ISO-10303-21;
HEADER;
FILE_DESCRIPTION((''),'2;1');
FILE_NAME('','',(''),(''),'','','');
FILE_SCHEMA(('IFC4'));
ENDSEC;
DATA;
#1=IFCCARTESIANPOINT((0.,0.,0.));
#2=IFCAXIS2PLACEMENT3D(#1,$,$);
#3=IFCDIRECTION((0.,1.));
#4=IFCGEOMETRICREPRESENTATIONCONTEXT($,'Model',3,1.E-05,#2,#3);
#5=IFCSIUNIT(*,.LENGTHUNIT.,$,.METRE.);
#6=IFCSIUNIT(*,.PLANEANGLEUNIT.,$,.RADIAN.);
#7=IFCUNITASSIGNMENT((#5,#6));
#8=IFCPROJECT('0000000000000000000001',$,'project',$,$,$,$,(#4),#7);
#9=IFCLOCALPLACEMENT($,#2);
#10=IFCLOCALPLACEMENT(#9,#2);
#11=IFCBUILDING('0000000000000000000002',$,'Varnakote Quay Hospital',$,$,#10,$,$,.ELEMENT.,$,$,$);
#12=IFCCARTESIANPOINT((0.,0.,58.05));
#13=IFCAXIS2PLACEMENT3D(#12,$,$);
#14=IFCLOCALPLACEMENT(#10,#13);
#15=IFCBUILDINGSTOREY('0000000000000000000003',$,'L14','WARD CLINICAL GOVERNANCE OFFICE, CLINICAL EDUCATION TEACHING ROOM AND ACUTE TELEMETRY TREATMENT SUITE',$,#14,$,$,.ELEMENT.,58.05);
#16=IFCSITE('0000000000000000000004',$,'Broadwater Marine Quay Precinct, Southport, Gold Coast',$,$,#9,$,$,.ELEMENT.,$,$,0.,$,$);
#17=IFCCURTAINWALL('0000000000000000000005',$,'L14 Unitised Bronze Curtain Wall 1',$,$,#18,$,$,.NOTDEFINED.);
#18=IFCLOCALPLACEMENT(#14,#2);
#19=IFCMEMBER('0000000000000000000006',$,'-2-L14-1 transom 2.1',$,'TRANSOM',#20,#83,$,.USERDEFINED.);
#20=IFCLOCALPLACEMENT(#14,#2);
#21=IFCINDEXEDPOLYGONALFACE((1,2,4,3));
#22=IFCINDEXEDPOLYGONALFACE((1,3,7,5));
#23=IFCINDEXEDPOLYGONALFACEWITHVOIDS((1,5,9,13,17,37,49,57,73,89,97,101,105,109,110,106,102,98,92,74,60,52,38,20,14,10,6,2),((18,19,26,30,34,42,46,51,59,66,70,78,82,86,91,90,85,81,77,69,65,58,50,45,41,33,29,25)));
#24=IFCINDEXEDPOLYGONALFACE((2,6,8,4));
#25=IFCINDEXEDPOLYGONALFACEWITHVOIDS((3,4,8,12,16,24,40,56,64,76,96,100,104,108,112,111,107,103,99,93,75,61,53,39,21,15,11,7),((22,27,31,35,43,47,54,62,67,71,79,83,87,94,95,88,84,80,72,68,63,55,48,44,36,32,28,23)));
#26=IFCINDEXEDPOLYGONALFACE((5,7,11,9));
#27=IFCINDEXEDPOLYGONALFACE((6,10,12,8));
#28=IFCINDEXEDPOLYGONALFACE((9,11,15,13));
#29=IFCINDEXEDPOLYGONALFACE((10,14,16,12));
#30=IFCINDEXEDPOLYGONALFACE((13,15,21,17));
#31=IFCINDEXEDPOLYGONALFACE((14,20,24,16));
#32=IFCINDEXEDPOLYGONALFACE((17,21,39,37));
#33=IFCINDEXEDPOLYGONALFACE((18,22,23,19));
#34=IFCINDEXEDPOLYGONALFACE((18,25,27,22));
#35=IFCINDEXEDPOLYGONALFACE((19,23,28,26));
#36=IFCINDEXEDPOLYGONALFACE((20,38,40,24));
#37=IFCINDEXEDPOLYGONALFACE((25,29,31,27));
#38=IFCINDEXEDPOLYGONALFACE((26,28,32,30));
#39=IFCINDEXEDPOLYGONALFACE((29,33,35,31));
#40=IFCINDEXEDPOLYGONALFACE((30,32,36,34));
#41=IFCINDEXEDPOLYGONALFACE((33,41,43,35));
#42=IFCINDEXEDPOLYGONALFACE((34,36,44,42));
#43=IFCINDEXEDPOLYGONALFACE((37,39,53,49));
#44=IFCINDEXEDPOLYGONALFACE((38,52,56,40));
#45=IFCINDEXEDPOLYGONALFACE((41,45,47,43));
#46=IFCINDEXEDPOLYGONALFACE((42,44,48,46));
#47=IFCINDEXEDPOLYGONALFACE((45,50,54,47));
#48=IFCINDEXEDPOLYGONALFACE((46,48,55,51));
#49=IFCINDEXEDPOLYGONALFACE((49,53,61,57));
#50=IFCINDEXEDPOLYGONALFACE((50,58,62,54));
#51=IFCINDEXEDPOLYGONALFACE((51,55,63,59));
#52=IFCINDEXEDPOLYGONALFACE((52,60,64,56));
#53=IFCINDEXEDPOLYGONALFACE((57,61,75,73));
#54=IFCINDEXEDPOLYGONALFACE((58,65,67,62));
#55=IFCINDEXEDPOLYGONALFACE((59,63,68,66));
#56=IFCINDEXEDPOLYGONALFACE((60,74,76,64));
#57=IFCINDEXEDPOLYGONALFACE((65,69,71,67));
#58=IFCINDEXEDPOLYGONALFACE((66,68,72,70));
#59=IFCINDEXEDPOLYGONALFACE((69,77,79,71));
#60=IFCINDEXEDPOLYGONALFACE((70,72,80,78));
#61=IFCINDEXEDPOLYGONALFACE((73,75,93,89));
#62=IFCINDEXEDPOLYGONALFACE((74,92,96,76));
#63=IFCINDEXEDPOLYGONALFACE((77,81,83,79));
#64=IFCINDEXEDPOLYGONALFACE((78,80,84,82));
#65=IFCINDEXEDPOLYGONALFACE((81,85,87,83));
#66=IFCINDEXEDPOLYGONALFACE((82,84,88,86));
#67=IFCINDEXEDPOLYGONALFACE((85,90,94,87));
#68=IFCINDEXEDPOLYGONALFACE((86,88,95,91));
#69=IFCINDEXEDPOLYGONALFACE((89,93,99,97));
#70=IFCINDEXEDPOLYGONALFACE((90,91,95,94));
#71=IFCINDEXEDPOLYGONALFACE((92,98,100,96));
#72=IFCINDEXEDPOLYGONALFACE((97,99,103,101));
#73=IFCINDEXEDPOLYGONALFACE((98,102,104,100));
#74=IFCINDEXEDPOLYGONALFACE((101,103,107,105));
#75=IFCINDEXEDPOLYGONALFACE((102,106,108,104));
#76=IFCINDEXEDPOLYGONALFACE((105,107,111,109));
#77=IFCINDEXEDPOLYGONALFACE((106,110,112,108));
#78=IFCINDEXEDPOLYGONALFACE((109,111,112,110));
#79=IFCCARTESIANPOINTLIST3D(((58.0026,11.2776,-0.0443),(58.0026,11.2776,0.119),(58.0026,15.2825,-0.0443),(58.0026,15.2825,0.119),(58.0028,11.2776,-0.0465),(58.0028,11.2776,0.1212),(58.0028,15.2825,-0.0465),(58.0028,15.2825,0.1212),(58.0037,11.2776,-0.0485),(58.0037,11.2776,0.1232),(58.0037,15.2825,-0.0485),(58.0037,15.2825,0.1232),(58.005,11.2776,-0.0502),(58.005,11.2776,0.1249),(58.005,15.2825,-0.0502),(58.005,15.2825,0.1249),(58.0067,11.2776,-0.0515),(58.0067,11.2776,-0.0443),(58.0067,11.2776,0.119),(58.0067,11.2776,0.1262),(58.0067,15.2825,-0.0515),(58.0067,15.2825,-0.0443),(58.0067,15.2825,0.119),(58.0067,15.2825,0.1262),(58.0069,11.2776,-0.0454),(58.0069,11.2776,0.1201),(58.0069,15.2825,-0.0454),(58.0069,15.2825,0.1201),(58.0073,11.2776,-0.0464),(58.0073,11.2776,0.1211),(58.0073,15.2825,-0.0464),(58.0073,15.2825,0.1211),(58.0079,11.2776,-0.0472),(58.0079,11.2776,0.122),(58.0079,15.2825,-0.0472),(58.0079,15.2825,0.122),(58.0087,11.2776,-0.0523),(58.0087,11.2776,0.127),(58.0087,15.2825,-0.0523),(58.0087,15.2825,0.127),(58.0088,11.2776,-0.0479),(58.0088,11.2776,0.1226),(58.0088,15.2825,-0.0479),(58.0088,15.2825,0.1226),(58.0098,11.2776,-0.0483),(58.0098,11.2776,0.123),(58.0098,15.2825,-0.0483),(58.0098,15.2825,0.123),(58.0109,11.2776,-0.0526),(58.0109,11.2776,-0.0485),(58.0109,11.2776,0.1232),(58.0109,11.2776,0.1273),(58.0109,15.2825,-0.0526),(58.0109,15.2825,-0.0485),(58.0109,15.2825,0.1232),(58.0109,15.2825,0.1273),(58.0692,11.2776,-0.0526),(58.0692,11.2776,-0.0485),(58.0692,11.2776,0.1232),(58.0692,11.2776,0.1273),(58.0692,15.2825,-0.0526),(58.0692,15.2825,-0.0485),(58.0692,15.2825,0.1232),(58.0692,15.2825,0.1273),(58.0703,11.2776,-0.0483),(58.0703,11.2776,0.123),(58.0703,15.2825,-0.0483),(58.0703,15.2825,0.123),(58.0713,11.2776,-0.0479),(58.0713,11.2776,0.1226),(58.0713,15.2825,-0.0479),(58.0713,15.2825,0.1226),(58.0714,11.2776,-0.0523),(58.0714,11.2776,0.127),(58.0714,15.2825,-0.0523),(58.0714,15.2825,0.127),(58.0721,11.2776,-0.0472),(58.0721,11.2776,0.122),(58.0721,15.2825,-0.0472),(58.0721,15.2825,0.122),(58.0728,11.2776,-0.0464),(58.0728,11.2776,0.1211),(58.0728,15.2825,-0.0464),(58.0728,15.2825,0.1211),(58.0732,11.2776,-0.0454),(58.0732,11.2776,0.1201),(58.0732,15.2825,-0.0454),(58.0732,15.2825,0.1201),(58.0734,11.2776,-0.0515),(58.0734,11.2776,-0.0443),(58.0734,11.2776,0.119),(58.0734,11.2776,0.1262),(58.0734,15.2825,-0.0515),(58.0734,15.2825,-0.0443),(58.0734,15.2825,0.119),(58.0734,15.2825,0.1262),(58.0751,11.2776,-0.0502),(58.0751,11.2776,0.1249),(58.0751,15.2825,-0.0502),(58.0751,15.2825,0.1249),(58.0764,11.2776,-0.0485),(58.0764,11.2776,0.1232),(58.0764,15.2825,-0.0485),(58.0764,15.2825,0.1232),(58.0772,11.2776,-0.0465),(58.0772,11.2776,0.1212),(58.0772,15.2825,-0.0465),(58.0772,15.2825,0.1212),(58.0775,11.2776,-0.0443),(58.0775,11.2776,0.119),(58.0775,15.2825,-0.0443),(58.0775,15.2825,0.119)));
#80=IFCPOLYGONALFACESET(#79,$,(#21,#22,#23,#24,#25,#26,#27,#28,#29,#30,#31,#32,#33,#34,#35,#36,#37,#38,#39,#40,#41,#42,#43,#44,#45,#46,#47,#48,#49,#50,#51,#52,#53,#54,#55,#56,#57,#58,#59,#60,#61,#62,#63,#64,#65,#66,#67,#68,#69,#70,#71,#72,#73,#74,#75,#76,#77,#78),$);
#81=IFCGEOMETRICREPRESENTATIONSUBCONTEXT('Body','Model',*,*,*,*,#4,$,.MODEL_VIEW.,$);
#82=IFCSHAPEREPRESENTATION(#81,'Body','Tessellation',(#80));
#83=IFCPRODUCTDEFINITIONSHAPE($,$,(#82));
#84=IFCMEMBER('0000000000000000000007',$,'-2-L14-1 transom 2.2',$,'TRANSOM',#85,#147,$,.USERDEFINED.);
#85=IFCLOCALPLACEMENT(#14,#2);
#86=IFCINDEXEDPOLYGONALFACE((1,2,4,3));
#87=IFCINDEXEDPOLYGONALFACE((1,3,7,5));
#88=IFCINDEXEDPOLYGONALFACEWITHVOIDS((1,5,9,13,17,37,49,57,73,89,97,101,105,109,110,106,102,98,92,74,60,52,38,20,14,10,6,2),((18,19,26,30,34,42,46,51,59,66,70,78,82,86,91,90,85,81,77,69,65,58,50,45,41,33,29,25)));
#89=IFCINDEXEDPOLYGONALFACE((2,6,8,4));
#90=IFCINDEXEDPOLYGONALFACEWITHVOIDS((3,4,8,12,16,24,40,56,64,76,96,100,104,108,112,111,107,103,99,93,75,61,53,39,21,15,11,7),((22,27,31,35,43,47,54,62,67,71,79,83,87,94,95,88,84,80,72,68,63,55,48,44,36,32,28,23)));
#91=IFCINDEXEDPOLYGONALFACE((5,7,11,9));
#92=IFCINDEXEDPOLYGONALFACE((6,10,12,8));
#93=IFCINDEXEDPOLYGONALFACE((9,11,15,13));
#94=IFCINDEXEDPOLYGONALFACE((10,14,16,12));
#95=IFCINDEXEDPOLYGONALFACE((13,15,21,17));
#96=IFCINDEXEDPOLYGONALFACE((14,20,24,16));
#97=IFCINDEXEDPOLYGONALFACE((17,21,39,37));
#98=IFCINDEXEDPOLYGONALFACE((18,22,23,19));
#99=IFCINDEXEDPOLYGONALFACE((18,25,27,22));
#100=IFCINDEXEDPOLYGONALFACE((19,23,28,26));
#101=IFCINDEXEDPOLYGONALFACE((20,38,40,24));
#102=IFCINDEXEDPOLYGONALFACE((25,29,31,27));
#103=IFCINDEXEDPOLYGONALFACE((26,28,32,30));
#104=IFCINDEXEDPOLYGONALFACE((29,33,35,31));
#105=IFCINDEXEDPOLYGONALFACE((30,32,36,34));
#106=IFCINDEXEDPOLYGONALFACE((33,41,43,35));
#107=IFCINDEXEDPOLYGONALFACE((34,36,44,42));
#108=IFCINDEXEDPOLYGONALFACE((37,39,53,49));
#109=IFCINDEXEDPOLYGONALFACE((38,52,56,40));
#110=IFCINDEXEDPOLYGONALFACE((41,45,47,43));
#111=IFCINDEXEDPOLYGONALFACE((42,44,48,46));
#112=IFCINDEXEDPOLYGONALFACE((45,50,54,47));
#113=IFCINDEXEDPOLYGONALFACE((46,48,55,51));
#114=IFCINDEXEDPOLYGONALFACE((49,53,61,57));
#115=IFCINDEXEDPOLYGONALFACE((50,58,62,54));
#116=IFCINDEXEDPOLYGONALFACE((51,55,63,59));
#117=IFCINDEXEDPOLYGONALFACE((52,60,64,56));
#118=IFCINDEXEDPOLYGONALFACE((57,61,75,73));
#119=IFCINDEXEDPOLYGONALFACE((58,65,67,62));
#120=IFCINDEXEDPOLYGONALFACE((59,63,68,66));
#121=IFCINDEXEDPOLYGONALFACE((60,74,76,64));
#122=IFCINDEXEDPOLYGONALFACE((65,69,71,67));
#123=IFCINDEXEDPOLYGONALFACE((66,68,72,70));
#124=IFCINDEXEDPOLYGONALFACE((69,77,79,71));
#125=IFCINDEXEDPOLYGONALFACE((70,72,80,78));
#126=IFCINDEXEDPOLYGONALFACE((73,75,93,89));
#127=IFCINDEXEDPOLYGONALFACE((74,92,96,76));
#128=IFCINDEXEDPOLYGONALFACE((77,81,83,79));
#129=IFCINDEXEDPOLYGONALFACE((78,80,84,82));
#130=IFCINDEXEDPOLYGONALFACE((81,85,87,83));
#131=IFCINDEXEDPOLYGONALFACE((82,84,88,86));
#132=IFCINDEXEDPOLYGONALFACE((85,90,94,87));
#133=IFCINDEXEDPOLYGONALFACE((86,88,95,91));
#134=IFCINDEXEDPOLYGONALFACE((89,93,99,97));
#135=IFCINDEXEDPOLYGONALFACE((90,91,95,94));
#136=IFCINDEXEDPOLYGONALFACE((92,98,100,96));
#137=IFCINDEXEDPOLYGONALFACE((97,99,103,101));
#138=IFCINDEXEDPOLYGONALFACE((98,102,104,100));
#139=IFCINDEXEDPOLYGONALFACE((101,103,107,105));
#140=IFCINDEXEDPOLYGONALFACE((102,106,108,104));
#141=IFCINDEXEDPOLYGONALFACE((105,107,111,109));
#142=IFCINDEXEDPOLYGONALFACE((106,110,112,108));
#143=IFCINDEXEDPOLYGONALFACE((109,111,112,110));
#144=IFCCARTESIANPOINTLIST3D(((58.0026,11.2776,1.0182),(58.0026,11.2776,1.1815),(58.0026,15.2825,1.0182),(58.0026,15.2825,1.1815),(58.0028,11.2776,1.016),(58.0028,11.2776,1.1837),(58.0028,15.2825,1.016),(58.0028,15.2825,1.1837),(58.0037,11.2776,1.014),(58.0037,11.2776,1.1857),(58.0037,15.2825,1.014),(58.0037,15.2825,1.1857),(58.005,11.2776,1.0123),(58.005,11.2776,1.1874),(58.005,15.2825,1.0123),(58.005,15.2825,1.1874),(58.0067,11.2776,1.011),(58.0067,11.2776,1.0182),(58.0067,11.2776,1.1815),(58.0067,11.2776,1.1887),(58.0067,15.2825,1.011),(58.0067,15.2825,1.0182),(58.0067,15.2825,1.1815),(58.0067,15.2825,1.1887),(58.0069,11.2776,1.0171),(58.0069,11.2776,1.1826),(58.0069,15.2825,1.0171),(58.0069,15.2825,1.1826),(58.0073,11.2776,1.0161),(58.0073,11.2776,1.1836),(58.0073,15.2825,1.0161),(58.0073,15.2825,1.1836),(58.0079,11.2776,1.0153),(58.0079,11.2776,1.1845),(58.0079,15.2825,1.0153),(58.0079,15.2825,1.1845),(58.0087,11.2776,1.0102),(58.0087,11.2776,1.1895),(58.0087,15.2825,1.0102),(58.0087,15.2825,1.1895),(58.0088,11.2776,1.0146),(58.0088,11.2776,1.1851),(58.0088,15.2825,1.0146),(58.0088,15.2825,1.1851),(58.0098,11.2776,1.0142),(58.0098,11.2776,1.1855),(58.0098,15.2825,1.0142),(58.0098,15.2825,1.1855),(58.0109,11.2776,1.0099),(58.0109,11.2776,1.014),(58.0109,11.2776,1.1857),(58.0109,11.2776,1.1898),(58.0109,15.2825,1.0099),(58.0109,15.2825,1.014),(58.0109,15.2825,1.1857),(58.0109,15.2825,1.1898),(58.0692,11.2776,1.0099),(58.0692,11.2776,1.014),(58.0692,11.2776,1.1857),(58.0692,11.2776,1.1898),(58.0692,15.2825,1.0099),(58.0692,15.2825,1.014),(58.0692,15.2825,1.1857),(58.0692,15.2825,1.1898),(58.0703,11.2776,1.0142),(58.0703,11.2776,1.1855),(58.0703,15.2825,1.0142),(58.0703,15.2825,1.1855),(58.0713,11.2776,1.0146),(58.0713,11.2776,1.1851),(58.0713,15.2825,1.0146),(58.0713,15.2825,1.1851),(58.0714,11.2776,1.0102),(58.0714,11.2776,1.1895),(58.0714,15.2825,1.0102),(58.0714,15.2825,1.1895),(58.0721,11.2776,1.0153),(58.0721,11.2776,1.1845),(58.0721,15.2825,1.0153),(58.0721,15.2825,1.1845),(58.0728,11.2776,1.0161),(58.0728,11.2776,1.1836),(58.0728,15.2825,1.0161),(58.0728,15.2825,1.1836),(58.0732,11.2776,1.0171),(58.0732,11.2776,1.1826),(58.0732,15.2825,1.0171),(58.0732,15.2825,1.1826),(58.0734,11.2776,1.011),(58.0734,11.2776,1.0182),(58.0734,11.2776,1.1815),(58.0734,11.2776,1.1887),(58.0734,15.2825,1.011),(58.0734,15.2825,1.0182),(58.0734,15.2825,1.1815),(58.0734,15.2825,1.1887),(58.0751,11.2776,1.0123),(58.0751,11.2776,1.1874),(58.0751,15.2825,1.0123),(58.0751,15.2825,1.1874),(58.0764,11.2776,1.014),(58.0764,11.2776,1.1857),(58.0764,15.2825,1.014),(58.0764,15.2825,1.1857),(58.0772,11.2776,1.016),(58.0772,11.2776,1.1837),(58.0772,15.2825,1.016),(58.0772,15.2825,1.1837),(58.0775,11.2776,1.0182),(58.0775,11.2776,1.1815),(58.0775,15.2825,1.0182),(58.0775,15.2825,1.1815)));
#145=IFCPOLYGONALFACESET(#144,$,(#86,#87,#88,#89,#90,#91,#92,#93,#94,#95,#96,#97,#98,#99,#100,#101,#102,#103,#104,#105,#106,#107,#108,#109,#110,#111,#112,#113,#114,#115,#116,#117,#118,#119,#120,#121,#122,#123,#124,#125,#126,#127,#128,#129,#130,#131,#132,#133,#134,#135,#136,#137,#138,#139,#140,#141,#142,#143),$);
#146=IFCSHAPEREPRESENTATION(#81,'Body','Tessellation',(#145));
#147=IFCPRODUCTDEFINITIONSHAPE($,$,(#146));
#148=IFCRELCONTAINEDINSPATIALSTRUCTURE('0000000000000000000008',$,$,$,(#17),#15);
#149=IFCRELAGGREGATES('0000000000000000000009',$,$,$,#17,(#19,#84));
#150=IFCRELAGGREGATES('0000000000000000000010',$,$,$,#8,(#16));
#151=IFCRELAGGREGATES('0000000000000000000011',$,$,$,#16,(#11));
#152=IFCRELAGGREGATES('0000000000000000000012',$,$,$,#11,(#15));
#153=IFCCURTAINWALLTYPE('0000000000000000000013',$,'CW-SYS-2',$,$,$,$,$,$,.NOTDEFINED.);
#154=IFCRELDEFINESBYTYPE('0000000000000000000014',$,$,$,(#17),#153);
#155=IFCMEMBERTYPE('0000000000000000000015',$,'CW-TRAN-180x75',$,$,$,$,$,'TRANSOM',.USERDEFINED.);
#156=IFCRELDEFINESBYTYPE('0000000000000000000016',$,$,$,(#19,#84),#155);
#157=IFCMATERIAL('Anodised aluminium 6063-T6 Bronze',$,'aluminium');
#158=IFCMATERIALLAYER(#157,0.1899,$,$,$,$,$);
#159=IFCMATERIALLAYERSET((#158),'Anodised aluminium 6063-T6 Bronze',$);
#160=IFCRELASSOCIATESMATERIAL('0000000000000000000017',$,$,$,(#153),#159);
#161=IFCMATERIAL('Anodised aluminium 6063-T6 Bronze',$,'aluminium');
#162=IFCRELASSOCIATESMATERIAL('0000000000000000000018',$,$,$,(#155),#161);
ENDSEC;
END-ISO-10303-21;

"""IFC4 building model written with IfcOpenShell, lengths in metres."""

from ifc_helpers import new_model, si_unit, direction, frame, origin, origin_2d, place, context, subcontext, project, spatial, hollow_rectangle, extrude, material, layer, layer_set, material_profile, profile_set, type_object, element, aggregate, save


model = new_model("IFC4")

# Units and contexts
model_context = context("Model", 3, precision=1e-05, world=origin(), true_north=direction((0.0, 1.0)))
body_context = subcontext(model_context, "Body", "Model", "MODEL_VIEW")
ifc_project = project(units=[si_unit("LENGTHUNIT", "METRE"), si_unit("PLANEANGLEUNIT", "RADIAN")], contexts=[model_context])

# Site, building, storey
site_placement = place(None, origin())
site = spatial("IfcSite", under=ifc_project, at=site_placement, Name="Broadwater Marine Quay Precinct, Southport, Gold Coast", CompositionType="ELEMENT", RefElevation=0.0)
building_placement = place(site_placement, origin())
building = spatial("IfcBuilding", under=site, at=building_placement, Name="Varnakote Quay Hospital", CompositionType="ELEMENT")
storey_placement = place(building_placement, frame((0.0, 0.0, 58.05)))
storey = spatial("IfcBuildingStorey", under=building, at=storey_placement, Name="L14", Description="WARD CLINICAL GOVERNANCE OFFICE, CLINICAL EDUCATION TEACHING ROOM AND ACUTE TELEMETRY TREATMENT SUITE", CompositionType="ELEMENT", Elevation=58.05)

# Curtain wall, members
ifc_material_1 = material(Name="Anodised aluminium 6063-T6 Bronze", Category="aluminium")
ifc_layer_1 = layer(ifc_material_1, 0.1899)
ifc_layer_set_1 = layer_set([ifc_layer_1], Name="Anodised aluminium 6063-T6 Bronze")
curtain_wall_type = type_object("IfcCurtainWallType", Name="CW-SYS-2", PredefinedType="NOTDEFINED", material=ifc_layer_set_1)
curtain_wall_placement = place(storey_placement, origin())
curtain_wall = element("IfcCurtainWall", 1, at=curtain_wall_placement, inside=storey, type_object=curtain_wall_type, Name="L14 Unitised Bronze Curtain Wall 1", PredefinedType="NOTDEFINED")
ifc_material_2 = material(Name="Anodised aluminium 6063-T6 Bronze", Category="aluminium")
ifc_material_profile_1 = material_profile(ifc_material_2, hollow_rectangle(XDim=0.075, YDim=0.1799, WallThickness=0.0042, InnerFilletRadius=0.0042, OuterFilletRadius=0.0083, at=origin_2d()), Name="CW-TRAN-180x75")
ifc_profile_set_1 = profile_set([ifc_material_profile_1], Name="Anodised aluminium 6063-T6 Bronze")
member_type_1 = type_object("IfcMemberType", Name="CW-TRAN-180x75", ElementType="TRANSOM", PredefinedType="USERDEFINED", material=ifc_profile_set_1)
member_1_placement = place(storey_placement, frame((58.04, 11.2776, 0.0374), z_axis=(0.0, 1.0, 0.0), x_axis=(-1.0, 0.0, 0.0)))
member_1 = element("IfcMember", 2, at=member_1_placement, type_object=member_type_1, Name="-2-L14-1 transom 2.1", ObjectType="TRANSOM", PredefinedType="USERDEFINED", context=body_context, shape_type="SweptSolid", body=[
    extrude(hollow_rectangle(XDim=0.075, YDim=0.1799, WallThickness=0.0042, InnerFilletRadius=0.0042, OuterFilletRadius=0.0083, at=origin_2d()), origin(), (0.0, 0.0, 1.0), 4.0049),
])
member_2_placement = place(storey_placement, frame((58.04, 11.2776, 1.0999), z_axis=(0.0, 1.0, 0.0), x_axis=(-1.0, 0.0, 0.0)))
member_2 = element("IfcMember", 3, at=member_2_placement, type_object=member_type_1, Name="-2-L14-1 transom 2.2", ObjectType="TRANSOM", PredefinedType="USERDEFINED", context=body_context, shape_type="SweptSolid", body=[
    extrude(hollow_rectangle(XDim=0.075, YDim=0.1799, WallThickness=0.0042, InnerFilletRadius=0.0042, OuterFilletRadius=0.0083, at=origin_2d()), origin(), (0.0, 0.0, 1.0), 4.0049),
])
aggregate(curtain_wall, [member_1, member_2])

save(model, "model.ifc")
